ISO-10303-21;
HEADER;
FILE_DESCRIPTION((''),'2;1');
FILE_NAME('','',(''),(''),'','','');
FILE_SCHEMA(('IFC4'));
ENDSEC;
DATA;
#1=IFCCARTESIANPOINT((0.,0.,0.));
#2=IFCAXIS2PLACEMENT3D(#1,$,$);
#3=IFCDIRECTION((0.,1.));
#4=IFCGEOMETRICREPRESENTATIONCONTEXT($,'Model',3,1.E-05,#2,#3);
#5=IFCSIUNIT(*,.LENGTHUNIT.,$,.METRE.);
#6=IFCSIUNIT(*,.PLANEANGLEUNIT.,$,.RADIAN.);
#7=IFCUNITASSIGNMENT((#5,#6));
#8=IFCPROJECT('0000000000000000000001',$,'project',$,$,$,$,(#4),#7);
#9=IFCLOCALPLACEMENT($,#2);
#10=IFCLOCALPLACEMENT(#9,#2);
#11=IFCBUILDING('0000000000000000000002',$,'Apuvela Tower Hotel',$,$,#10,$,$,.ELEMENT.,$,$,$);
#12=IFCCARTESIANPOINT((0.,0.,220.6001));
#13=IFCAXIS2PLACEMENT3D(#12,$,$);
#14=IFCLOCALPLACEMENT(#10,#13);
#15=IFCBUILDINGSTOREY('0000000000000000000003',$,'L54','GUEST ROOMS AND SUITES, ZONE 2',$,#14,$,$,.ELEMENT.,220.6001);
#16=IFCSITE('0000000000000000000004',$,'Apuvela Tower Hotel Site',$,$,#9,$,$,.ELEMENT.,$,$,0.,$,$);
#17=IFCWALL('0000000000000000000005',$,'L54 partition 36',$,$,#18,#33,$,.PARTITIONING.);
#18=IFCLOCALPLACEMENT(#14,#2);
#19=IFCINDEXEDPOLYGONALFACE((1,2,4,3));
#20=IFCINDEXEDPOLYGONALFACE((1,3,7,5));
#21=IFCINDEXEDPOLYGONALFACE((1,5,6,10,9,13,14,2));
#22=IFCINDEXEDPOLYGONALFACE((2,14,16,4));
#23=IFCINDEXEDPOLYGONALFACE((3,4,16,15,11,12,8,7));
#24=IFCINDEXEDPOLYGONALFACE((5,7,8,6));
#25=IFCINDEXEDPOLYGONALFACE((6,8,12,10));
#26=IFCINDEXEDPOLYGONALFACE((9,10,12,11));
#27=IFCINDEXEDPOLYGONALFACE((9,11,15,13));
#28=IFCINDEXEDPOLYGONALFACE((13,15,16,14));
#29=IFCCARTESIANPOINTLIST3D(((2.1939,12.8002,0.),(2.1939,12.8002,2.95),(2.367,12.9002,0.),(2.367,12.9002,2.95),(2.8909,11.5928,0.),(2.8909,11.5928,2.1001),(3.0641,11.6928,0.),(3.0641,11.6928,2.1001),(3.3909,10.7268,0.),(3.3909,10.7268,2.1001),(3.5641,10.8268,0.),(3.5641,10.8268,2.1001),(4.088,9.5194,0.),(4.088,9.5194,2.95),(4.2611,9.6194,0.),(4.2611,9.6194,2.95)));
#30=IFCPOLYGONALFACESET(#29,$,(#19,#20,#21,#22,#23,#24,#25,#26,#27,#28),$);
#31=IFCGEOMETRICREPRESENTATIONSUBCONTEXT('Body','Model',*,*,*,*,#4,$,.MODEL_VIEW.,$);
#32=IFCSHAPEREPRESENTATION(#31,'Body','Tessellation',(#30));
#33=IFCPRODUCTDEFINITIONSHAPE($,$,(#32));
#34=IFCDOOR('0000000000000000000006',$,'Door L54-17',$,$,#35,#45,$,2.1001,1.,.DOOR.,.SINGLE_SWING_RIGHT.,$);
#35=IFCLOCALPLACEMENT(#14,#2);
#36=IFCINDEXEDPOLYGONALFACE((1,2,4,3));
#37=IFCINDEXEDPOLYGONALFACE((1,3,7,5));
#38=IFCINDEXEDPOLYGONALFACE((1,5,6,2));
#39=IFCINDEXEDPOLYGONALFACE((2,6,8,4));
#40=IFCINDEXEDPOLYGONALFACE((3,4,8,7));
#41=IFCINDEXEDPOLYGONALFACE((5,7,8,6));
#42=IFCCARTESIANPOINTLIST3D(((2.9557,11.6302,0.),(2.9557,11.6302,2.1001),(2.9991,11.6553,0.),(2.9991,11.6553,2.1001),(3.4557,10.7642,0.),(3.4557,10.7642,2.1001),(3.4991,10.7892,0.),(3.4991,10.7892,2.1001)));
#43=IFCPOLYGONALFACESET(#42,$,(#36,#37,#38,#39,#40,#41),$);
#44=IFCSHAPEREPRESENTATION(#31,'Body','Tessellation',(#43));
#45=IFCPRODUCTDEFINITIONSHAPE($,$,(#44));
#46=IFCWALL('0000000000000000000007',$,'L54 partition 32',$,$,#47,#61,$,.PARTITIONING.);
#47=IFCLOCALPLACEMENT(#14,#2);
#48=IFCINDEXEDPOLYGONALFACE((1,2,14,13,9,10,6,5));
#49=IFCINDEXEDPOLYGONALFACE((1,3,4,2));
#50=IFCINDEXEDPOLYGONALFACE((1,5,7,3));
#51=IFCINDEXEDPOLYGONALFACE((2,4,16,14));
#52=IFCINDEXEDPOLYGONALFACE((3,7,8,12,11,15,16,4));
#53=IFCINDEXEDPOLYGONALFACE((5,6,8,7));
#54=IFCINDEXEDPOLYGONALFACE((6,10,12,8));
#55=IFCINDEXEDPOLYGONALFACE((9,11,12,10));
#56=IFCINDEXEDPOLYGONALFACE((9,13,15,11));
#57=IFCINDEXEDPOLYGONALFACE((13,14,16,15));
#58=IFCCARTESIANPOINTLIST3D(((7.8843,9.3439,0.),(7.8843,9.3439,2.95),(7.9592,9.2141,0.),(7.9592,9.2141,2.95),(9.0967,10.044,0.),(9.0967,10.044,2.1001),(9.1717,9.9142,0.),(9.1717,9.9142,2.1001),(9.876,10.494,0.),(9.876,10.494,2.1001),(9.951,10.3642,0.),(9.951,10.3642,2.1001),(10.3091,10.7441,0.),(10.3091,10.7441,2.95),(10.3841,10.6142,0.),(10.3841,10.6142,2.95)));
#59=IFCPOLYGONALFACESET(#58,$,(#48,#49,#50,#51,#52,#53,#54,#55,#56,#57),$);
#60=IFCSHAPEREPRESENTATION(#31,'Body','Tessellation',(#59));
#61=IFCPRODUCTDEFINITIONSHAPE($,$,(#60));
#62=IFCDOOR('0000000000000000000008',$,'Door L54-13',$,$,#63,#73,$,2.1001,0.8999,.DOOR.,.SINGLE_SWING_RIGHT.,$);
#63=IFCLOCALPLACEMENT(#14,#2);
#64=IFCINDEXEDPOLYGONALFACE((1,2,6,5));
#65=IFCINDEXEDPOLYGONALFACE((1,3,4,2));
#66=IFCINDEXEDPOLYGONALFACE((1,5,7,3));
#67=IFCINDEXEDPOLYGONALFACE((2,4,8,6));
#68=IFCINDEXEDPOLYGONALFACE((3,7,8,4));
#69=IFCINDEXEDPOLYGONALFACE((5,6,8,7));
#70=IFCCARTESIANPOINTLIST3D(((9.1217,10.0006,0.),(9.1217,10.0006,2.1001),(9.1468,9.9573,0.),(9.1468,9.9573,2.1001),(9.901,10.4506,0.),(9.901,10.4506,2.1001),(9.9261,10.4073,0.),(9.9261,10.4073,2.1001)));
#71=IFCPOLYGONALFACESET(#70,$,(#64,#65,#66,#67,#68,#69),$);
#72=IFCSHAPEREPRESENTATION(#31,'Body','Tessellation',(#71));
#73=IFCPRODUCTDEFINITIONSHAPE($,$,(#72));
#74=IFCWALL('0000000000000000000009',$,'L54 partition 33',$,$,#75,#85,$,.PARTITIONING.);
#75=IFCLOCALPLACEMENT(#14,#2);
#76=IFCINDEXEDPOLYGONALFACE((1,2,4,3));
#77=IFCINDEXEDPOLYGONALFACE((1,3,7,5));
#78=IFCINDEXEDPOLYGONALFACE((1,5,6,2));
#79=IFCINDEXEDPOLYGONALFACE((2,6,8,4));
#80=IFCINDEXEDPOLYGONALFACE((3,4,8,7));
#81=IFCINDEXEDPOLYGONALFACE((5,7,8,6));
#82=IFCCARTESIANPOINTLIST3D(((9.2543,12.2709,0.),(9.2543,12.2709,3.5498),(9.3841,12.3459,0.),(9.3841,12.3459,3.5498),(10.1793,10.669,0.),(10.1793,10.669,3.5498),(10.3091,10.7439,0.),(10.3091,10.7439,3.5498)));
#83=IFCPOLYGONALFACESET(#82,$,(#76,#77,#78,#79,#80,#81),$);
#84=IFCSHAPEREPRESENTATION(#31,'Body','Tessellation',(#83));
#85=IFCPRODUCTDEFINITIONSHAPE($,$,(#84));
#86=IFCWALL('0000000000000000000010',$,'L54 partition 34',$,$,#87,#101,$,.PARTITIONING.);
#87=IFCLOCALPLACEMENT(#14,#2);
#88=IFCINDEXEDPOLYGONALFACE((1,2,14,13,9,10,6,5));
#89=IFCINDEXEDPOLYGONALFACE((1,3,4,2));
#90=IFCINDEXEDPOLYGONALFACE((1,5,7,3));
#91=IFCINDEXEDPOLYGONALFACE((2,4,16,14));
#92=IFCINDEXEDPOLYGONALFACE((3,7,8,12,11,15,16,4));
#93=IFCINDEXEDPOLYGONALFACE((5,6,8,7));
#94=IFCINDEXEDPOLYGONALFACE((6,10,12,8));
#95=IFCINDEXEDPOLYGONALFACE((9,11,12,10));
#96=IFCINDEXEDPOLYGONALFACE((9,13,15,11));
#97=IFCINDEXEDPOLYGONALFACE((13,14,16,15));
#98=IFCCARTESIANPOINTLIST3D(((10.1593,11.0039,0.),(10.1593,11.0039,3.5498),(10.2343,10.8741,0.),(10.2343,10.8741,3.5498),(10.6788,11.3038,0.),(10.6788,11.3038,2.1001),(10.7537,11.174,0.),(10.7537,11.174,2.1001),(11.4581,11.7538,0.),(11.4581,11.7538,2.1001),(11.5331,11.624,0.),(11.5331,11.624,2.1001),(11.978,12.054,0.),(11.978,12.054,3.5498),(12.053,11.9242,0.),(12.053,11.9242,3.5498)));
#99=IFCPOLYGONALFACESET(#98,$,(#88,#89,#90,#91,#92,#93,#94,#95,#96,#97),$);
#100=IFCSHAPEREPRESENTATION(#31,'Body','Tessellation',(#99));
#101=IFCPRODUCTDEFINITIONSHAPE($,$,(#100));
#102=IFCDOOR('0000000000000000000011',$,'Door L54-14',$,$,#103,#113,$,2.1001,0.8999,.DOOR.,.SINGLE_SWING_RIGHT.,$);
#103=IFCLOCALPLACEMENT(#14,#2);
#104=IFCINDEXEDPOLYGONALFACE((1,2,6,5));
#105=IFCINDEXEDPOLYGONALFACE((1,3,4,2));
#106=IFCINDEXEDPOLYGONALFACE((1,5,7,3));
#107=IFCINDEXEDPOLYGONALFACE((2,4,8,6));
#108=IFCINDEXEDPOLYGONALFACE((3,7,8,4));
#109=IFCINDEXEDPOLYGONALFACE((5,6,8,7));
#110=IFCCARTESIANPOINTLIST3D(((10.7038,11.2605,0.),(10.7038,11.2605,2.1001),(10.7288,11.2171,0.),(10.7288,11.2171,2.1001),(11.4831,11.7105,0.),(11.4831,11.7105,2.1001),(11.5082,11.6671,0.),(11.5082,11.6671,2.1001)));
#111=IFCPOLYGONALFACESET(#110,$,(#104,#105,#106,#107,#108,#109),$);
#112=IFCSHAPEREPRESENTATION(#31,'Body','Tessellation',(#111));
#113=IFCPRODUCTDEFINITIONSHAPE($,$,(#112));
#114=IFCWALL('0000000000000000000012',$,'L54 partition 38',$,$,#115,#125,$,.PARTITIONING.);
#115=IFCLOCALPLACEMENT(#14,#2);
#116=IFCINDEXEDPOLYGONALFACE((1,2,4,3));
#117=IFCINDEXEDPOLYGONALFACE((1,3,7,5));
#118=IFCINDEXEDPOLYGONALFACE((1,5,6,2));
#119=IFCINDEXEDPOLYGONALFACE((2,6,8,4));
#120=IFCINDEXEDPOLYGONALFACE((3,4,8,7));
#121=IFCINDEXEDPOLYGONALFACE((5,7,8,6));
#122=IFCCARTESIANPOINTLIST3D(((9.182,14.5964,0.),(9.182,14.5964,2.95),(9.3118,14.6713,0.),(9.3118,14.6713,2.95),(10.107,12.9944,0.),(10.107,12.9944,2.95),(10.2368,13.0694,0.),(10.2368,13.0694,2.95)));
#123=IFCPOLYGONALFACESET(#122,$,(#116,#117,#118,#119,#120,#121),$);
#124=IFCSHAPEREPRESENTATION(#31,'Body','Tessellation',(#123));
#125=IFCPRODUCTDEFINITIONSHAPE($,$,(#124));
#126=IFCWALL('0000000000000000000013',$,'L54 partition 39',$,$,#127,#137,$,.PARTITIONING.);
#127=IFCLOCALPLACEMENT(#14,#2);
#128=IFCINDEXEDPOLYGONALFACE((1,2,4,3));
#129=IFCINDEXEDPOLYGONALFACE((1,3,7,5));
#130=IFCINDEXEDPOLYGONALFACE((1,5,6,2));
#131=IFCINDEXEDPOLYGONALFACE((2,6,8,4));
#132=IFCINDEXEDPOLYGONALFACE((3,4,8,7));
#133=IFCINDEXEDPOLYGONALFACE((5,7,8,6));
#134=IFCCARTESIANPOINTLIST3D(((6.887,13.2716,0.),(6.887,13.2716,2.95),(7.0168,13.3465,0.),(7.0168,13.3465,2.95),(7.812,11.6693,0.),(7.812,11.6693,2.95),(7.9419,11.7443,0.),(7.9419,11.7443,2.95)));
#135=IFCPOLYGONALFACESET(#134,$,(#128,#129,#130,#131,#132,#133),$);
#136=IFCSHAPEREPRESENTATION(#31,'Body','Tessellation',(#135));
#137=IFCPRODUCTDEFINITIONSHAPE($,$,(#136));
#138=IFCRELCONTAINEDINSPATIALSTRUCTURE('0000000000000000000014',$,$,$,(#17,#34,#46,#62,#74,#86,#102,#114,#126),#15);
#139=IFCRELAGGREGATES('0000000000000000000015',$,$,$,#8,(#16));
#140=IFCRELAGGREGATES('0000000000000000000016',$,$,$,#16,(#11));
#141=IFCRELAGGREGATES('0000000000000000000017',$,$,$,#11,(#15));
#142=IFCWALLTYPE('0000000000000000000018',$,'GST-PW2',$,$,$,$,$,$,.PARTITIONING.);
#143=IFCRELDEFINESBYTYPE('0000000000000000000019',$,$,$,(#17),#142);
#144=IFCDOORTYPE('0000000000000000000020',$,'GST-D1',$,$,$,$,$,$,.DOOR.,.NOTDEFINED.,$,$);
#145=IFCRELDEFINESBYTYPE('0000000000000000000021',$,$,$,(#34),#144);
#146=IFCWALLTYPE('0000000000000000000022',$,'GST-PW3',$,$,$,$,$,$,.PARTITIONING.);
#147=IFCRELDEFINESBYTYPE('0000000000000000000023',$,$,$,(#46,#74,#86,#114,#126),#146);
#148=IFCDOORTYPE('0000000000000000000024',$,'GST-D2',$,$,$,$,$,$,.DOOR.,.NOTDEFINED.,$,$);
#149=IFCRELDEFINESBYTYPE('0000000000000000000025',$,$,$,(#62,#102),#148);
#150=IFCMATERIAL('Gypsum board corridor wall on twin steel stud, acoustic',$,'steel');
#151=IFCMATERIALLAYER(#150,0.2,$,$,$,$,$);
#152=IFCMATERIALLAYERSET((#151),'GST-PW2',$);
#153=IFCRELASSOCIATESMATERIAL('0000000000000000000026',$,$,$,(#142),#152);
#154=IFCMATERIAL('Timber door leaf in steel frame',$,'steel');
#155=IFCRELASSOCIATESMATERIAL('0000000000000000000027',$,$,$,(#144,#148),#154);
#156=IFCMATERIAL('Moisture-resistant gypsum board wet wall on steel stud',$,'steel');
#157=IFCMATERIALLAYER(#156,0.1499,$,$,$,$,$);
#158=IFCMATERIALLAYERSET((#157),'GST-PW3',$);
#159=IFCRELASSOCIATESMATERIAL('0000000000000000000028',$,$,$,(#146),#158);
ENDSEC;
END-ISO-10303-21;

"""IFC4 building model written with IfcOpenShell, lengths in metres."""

from ifc_helpers import new_model, si_unit, direction, frame, frame_2d, origin, place, context, subcontext, project, spatial, rectangle, extrude, material, layer, layer_set, type_object, element, fill, save


model = new_model("IFC4")

# Units and contexts
model_context = context("Model", 3, precision=1e-05, world=origin(), true_north=direction((0.0, 1.0)))
body_context = subcontext(model_context, "Body", "Model", "MODEL_VIEW")
ifc_project = project(units=[si_unit("LENGTHUNIT", "METRE"), si_unit("PLANEANGLEUNIT", "RADIAN")], contexts=[model_context])

# Site, building, storey
site_placement = place(None, origin())
site = spatial("IfcSite", under=ifc_project, at=site_placement, Name="Apuvela Tower Hotel Site", CompositionType="ELEMENT", RefElevation=0.0)
building_placement = place(site_placement, origin())
building = spatial("IfcBuilding", under=site, at=building_placement, Name="Apuvela Tower Hotel", CompositionType="ELEMENT")
storey_placement = place(building_placement, frame((0.0, 0.0, 220.6001)))
storey = spatial("IfcBuildingStorey", under=building, at=storey_placement, Name="L54", Description="GUEST ROOMS AND SUITES, ZONE 2", CompositionType="ELEMENT", Elevation=220.6001)

# Walls, openings, doors
ifc_material_1 = material(Name="Gypsum board corridor wall on twin steel stud, acoustic", Category="steel")
ifc_layer_1 = layer(ifc_material_1, 0.2)
ifc_layer_set_1 = layer_set([ifc_layer_1], Name="GST-PW2")
wall_type_1 = type_object("IfcWallType", Name="GST-PW2", PredefinedType="PARTITIONING", material=ifc_layer_set_1)
ifc_material_2 = material(Name="Timber door leaf in steel frame", Category="steel")
door_type_1 = type_object("IfcDoorType", Name="GST-D1", OperationType="NOTDEFINED", PredefinedType="DOOR", material=ifc_material_2)
wall_1_placement = place(storey_placement, frame((2.2805, 12.8501, 0.0), z_axis=(0.0, 0.0, 1.0), x_axis=(0.499979, -0.866037, 0.0)))
wall_1 = element("IfcWall", 1, at=wall_1_placement, inside=storey, type_object=wall_type_1, Name="L54 partition 36", PredefinedType="PARTITIONING", context=body_context, shape_type="SweptSolid", body=[
    extrude(rectangle(XDim=3.7883, YDim=0.2, at=frame_2d((1.894, 0.0))), origin(), (0.0, 0.0, 1.0), 2.95),
])
opening_1_placement = place(wall_1_placement, frame((1.394, 0.0, 0.0)))
opening_1 = element("IfcOpeningElement", 2, at=opening_1_placement, cuts=wall_1, PredefinedType="OPENING", context=body_context, shape_type="SweptSolid", body=[
    extrude(rectangle(XDim=1.0, YDim=2.1001, at=frame_2d((0.5, 1.05))), frame((0.0, 0.1099, 0.0), z_axis=(0.0, -1.0, 0.0), x_axis=(1.0, 0.0, 0.0)), (0.0, 0.0, 1.0), 0.22),
])
door_1_placement = place(opening_1_placement, origin())
door_1 = element("IfcDoor", 3, at=door_1_placement, inside=storey, type_object=door_type_1, Name="Door L54-17", OperationType="SINGLE_SWING_RIGHT", OverallHeight=2.1001, OverallWidth=1.0, PredefinedType="DOOR", context=body_context, shape_type="SweptSolid", body=[
    extrude(rectangle(XDim=1.0, YDim=2.1001, at=frame_2d((0.5, 1.05))), frame((0.0, 0.0249, 0.0), z_axis=(0.0, -1.0, 0.0), x_axis=(1.0, 0.0, 0.0)), (0.0, 0.0, 1.0), 0.05),
])
fill(opening_1, door_1)
ifc_material_3 = material(Name="Moisture-resistant gypsum board wet wall on steel stud", Category="steel")
ifc_layer_2 = layer(ifc_material_3, 0.1499)
ifc_layer_set_2 = layer_set([ifc_layer_2], Name="GST-PW3")
wall_type_2 = type_object("IfcWallType", Name="GST-PW3", PredefinedType="PARTITIONING", material=ifc_layer_set_2)
wall_2_placement = place(storey_placement, frame((7.9219, 9.2791, 0.0), z_axis=(0.0, 0.0, 1.0), x_axis=(0.865997, 0.50005, 0.0)))
wall_2 = element("IfcWall", 4, at=wall_2_placement, inside=storey, type_object=wall_type_2, Name="L54 partition 32", PredefinedType="PARTITIONING", context=body_context, shape_type="SweptSolid", body=[
    extrude(rectangle(XDim=2.8, YDim=0.1499, at=frame_2d((1.3999, 0.0))), origin(), (0.0, 0.0, 1.0), 2.95),
])
opening_2_placement = place(wall_2_placement, frame((1.3999, 0.0, 0.0)))
opening_2 = element("IfcOpeningElement", 5, at=opening_2_placement, cuts=wall_2, PredefinedType="OPENING", context=body_context, shape_type="SweptSolid", body=[
    extrude(rectangle(XDim=0.8999, YDim=2.1001, at=frame_2d((0.45, 1.05))), frame((0.0, 0.085, 0.0), z_axis=(0.0, -1.0, 0.0), x_axis=(1.0, 0.0, 0.0)), (0.0, 0.0, 1.0), 0.1699),
])
door_type_2 = type_object("IfcDoorType", Name="GST-D2", OperationType="NOTDEFINED", PredefinedType="DOOR", material=ifc_material_2)
door_2_placement = place(opening_2_placement, origin())
door_2 = element("IfcDoor", 6, at=door_2_placement, inside=storey, type_object=door_type_2, Name="Door L54-13", OperationType="SINGLE_SWING_RIGHT", OverallHeight=2.1001, OverallWidth=0.8999, PredefinedType="DOOR", context=body_context, shape_type="SweptSolid", body=[
    extrude(rectangle(XDim=0.8999, YDim=2.1001, at=frame_2d((0.45, 1.05))), frame((0.0, 0.0249, 0.0), z_axis=(0.0, -1.0, 0.0), x_axis=(1.0, 0.0, 0.0)), (0.0, 0.0, 1.0), 0.05),
])
fill(opening_2, door_2)

# Wall
wall_3_placement = place(storey_placement, frame((10.2441, 10.7065, 0.0), z_axis=(0.0, 0.0, 1.0), x_axis=(-0.500042, 0.866001, 0.0)))
element("IfcWall", 7, at=wall_3_placement, inside=storey, type_object=wall_type_2, Name="L54 partition 33", PredefinedType="PARTITIONING", context=body_context, shape_type="SweptSolid", body=[
    extrude(rectangle(XDim=1.8499, YDim=0.1499, at=frame_2d((0.9248, 0.0))), origin(), (0.0, 0.0, 1.0), 3.5498),
])

# Wall, opening, door
wall_4_placement = place(storey_placement, frame((10.1968, 10.939, 0.0), z_axis=(0.0, 0.0, 1.0), x_axis=(0.866009, 0.500028, 0.0)))
wall_4 = element("IfcWall", 8, at=wall_4_placement, inside=storey, type_object=wall_type_2, Name="L54 partition 34", PredefinedType="PARTITIONING", context=body_context, shape_type="SweptSolid", body=[
    extrude(rectangle(XDim=2.1001, YDim=0.1499, at=frame_2d((1.05, 0.0))), origin(), (0.0, 0.0, 1.0), 3.5498),
])
opening_3_placement = place(wall_4_placement, frame((0.5999, 0.0, 0.0)))
opening_3 = element("IfcOpeningElement", 9, at=opening_3_placement, cuts=wall_4, PredefinedType="OPENING", context=body_context, shape_type="SweptSolid", body=[
    extrude(rectangle(XDim=0.8999, YDim=2.1001, at=frame_2d((0.45, 1.05))), frame((0.0, 0.085, 0.0), z_axis=(0.0, -1.0, 0.0), x_axis=(1.0, 0.0, 0.0)), (0.0, 0.0, 1.0), 0.1699),
])
door_3_placement = place(opening_3_placement, origin())
door_3 = element("IfcDoor", 10, at=door_3_placement, inside=storey, type_object=door_type_2, Name="Door L54-14", OperationType="SINGLE_SWING_RIGHT", OverallHeight=2.1001, OverallWidth=0.8999, PredefinedType="DOOR", context=body_context, shape_type="SweptSolid", body=[
    extrude(rectangle(XDim=0.8999, YDim=2.1001, at=frame_2d((0.45, 1.05))), frame((0.0, 0.0249, 0.0), z_axis=(0.0, -1.0, 0.0), x_axis=(1.0, 0.0, 0.0)), (0.0, 0.0, 1.0), 0.05),
])
fill(opening_3, door_3)

# Walls
wall_5_placement = place(storey_placement, frame((10.1719, 13.032, 0.0), z_axis=(0.0, 0.0, 1.0), x_axis=(-0.500042, 0.866001, 0.0)))
element("IfcWall", 11, at=wall_5_placement, inside=storey, type_object=wall_type_2, Name="L54 partition 38", PredefinedType="PARTITIONING", context=body_context, shape_type="SweptSolid", body=[
    extrude(rectangle(XDim=1.8499, YDim=0.1499, at=frame_2d((0.9248, 0.0))), origin(), (0.0, 0.0, 1.0), 2.95),
])
wall_6_placement = place(storey_placement, frame((7.877, 11.7068, 0.0), z_axis=(0.0, 0.0, 1.0), x_axis=(-0.499985, 0.866034, 0.0)))
element("IfcWall", 12, at=wall_6_placement, inside=storey, type_object=wall_type_2, Name="L54 partition 39", PredefinedType="PARTITIONING", context=body_context, shape_type="SweptSolid", body=[
    extrude(rectangle(XDim=1.8501, YDim=0.1499, at=frame_2d((0.925, 0.0))), origin(), (0.0, 0.0, 1.0), 2.95),
])

save(model, "model.ifc")
